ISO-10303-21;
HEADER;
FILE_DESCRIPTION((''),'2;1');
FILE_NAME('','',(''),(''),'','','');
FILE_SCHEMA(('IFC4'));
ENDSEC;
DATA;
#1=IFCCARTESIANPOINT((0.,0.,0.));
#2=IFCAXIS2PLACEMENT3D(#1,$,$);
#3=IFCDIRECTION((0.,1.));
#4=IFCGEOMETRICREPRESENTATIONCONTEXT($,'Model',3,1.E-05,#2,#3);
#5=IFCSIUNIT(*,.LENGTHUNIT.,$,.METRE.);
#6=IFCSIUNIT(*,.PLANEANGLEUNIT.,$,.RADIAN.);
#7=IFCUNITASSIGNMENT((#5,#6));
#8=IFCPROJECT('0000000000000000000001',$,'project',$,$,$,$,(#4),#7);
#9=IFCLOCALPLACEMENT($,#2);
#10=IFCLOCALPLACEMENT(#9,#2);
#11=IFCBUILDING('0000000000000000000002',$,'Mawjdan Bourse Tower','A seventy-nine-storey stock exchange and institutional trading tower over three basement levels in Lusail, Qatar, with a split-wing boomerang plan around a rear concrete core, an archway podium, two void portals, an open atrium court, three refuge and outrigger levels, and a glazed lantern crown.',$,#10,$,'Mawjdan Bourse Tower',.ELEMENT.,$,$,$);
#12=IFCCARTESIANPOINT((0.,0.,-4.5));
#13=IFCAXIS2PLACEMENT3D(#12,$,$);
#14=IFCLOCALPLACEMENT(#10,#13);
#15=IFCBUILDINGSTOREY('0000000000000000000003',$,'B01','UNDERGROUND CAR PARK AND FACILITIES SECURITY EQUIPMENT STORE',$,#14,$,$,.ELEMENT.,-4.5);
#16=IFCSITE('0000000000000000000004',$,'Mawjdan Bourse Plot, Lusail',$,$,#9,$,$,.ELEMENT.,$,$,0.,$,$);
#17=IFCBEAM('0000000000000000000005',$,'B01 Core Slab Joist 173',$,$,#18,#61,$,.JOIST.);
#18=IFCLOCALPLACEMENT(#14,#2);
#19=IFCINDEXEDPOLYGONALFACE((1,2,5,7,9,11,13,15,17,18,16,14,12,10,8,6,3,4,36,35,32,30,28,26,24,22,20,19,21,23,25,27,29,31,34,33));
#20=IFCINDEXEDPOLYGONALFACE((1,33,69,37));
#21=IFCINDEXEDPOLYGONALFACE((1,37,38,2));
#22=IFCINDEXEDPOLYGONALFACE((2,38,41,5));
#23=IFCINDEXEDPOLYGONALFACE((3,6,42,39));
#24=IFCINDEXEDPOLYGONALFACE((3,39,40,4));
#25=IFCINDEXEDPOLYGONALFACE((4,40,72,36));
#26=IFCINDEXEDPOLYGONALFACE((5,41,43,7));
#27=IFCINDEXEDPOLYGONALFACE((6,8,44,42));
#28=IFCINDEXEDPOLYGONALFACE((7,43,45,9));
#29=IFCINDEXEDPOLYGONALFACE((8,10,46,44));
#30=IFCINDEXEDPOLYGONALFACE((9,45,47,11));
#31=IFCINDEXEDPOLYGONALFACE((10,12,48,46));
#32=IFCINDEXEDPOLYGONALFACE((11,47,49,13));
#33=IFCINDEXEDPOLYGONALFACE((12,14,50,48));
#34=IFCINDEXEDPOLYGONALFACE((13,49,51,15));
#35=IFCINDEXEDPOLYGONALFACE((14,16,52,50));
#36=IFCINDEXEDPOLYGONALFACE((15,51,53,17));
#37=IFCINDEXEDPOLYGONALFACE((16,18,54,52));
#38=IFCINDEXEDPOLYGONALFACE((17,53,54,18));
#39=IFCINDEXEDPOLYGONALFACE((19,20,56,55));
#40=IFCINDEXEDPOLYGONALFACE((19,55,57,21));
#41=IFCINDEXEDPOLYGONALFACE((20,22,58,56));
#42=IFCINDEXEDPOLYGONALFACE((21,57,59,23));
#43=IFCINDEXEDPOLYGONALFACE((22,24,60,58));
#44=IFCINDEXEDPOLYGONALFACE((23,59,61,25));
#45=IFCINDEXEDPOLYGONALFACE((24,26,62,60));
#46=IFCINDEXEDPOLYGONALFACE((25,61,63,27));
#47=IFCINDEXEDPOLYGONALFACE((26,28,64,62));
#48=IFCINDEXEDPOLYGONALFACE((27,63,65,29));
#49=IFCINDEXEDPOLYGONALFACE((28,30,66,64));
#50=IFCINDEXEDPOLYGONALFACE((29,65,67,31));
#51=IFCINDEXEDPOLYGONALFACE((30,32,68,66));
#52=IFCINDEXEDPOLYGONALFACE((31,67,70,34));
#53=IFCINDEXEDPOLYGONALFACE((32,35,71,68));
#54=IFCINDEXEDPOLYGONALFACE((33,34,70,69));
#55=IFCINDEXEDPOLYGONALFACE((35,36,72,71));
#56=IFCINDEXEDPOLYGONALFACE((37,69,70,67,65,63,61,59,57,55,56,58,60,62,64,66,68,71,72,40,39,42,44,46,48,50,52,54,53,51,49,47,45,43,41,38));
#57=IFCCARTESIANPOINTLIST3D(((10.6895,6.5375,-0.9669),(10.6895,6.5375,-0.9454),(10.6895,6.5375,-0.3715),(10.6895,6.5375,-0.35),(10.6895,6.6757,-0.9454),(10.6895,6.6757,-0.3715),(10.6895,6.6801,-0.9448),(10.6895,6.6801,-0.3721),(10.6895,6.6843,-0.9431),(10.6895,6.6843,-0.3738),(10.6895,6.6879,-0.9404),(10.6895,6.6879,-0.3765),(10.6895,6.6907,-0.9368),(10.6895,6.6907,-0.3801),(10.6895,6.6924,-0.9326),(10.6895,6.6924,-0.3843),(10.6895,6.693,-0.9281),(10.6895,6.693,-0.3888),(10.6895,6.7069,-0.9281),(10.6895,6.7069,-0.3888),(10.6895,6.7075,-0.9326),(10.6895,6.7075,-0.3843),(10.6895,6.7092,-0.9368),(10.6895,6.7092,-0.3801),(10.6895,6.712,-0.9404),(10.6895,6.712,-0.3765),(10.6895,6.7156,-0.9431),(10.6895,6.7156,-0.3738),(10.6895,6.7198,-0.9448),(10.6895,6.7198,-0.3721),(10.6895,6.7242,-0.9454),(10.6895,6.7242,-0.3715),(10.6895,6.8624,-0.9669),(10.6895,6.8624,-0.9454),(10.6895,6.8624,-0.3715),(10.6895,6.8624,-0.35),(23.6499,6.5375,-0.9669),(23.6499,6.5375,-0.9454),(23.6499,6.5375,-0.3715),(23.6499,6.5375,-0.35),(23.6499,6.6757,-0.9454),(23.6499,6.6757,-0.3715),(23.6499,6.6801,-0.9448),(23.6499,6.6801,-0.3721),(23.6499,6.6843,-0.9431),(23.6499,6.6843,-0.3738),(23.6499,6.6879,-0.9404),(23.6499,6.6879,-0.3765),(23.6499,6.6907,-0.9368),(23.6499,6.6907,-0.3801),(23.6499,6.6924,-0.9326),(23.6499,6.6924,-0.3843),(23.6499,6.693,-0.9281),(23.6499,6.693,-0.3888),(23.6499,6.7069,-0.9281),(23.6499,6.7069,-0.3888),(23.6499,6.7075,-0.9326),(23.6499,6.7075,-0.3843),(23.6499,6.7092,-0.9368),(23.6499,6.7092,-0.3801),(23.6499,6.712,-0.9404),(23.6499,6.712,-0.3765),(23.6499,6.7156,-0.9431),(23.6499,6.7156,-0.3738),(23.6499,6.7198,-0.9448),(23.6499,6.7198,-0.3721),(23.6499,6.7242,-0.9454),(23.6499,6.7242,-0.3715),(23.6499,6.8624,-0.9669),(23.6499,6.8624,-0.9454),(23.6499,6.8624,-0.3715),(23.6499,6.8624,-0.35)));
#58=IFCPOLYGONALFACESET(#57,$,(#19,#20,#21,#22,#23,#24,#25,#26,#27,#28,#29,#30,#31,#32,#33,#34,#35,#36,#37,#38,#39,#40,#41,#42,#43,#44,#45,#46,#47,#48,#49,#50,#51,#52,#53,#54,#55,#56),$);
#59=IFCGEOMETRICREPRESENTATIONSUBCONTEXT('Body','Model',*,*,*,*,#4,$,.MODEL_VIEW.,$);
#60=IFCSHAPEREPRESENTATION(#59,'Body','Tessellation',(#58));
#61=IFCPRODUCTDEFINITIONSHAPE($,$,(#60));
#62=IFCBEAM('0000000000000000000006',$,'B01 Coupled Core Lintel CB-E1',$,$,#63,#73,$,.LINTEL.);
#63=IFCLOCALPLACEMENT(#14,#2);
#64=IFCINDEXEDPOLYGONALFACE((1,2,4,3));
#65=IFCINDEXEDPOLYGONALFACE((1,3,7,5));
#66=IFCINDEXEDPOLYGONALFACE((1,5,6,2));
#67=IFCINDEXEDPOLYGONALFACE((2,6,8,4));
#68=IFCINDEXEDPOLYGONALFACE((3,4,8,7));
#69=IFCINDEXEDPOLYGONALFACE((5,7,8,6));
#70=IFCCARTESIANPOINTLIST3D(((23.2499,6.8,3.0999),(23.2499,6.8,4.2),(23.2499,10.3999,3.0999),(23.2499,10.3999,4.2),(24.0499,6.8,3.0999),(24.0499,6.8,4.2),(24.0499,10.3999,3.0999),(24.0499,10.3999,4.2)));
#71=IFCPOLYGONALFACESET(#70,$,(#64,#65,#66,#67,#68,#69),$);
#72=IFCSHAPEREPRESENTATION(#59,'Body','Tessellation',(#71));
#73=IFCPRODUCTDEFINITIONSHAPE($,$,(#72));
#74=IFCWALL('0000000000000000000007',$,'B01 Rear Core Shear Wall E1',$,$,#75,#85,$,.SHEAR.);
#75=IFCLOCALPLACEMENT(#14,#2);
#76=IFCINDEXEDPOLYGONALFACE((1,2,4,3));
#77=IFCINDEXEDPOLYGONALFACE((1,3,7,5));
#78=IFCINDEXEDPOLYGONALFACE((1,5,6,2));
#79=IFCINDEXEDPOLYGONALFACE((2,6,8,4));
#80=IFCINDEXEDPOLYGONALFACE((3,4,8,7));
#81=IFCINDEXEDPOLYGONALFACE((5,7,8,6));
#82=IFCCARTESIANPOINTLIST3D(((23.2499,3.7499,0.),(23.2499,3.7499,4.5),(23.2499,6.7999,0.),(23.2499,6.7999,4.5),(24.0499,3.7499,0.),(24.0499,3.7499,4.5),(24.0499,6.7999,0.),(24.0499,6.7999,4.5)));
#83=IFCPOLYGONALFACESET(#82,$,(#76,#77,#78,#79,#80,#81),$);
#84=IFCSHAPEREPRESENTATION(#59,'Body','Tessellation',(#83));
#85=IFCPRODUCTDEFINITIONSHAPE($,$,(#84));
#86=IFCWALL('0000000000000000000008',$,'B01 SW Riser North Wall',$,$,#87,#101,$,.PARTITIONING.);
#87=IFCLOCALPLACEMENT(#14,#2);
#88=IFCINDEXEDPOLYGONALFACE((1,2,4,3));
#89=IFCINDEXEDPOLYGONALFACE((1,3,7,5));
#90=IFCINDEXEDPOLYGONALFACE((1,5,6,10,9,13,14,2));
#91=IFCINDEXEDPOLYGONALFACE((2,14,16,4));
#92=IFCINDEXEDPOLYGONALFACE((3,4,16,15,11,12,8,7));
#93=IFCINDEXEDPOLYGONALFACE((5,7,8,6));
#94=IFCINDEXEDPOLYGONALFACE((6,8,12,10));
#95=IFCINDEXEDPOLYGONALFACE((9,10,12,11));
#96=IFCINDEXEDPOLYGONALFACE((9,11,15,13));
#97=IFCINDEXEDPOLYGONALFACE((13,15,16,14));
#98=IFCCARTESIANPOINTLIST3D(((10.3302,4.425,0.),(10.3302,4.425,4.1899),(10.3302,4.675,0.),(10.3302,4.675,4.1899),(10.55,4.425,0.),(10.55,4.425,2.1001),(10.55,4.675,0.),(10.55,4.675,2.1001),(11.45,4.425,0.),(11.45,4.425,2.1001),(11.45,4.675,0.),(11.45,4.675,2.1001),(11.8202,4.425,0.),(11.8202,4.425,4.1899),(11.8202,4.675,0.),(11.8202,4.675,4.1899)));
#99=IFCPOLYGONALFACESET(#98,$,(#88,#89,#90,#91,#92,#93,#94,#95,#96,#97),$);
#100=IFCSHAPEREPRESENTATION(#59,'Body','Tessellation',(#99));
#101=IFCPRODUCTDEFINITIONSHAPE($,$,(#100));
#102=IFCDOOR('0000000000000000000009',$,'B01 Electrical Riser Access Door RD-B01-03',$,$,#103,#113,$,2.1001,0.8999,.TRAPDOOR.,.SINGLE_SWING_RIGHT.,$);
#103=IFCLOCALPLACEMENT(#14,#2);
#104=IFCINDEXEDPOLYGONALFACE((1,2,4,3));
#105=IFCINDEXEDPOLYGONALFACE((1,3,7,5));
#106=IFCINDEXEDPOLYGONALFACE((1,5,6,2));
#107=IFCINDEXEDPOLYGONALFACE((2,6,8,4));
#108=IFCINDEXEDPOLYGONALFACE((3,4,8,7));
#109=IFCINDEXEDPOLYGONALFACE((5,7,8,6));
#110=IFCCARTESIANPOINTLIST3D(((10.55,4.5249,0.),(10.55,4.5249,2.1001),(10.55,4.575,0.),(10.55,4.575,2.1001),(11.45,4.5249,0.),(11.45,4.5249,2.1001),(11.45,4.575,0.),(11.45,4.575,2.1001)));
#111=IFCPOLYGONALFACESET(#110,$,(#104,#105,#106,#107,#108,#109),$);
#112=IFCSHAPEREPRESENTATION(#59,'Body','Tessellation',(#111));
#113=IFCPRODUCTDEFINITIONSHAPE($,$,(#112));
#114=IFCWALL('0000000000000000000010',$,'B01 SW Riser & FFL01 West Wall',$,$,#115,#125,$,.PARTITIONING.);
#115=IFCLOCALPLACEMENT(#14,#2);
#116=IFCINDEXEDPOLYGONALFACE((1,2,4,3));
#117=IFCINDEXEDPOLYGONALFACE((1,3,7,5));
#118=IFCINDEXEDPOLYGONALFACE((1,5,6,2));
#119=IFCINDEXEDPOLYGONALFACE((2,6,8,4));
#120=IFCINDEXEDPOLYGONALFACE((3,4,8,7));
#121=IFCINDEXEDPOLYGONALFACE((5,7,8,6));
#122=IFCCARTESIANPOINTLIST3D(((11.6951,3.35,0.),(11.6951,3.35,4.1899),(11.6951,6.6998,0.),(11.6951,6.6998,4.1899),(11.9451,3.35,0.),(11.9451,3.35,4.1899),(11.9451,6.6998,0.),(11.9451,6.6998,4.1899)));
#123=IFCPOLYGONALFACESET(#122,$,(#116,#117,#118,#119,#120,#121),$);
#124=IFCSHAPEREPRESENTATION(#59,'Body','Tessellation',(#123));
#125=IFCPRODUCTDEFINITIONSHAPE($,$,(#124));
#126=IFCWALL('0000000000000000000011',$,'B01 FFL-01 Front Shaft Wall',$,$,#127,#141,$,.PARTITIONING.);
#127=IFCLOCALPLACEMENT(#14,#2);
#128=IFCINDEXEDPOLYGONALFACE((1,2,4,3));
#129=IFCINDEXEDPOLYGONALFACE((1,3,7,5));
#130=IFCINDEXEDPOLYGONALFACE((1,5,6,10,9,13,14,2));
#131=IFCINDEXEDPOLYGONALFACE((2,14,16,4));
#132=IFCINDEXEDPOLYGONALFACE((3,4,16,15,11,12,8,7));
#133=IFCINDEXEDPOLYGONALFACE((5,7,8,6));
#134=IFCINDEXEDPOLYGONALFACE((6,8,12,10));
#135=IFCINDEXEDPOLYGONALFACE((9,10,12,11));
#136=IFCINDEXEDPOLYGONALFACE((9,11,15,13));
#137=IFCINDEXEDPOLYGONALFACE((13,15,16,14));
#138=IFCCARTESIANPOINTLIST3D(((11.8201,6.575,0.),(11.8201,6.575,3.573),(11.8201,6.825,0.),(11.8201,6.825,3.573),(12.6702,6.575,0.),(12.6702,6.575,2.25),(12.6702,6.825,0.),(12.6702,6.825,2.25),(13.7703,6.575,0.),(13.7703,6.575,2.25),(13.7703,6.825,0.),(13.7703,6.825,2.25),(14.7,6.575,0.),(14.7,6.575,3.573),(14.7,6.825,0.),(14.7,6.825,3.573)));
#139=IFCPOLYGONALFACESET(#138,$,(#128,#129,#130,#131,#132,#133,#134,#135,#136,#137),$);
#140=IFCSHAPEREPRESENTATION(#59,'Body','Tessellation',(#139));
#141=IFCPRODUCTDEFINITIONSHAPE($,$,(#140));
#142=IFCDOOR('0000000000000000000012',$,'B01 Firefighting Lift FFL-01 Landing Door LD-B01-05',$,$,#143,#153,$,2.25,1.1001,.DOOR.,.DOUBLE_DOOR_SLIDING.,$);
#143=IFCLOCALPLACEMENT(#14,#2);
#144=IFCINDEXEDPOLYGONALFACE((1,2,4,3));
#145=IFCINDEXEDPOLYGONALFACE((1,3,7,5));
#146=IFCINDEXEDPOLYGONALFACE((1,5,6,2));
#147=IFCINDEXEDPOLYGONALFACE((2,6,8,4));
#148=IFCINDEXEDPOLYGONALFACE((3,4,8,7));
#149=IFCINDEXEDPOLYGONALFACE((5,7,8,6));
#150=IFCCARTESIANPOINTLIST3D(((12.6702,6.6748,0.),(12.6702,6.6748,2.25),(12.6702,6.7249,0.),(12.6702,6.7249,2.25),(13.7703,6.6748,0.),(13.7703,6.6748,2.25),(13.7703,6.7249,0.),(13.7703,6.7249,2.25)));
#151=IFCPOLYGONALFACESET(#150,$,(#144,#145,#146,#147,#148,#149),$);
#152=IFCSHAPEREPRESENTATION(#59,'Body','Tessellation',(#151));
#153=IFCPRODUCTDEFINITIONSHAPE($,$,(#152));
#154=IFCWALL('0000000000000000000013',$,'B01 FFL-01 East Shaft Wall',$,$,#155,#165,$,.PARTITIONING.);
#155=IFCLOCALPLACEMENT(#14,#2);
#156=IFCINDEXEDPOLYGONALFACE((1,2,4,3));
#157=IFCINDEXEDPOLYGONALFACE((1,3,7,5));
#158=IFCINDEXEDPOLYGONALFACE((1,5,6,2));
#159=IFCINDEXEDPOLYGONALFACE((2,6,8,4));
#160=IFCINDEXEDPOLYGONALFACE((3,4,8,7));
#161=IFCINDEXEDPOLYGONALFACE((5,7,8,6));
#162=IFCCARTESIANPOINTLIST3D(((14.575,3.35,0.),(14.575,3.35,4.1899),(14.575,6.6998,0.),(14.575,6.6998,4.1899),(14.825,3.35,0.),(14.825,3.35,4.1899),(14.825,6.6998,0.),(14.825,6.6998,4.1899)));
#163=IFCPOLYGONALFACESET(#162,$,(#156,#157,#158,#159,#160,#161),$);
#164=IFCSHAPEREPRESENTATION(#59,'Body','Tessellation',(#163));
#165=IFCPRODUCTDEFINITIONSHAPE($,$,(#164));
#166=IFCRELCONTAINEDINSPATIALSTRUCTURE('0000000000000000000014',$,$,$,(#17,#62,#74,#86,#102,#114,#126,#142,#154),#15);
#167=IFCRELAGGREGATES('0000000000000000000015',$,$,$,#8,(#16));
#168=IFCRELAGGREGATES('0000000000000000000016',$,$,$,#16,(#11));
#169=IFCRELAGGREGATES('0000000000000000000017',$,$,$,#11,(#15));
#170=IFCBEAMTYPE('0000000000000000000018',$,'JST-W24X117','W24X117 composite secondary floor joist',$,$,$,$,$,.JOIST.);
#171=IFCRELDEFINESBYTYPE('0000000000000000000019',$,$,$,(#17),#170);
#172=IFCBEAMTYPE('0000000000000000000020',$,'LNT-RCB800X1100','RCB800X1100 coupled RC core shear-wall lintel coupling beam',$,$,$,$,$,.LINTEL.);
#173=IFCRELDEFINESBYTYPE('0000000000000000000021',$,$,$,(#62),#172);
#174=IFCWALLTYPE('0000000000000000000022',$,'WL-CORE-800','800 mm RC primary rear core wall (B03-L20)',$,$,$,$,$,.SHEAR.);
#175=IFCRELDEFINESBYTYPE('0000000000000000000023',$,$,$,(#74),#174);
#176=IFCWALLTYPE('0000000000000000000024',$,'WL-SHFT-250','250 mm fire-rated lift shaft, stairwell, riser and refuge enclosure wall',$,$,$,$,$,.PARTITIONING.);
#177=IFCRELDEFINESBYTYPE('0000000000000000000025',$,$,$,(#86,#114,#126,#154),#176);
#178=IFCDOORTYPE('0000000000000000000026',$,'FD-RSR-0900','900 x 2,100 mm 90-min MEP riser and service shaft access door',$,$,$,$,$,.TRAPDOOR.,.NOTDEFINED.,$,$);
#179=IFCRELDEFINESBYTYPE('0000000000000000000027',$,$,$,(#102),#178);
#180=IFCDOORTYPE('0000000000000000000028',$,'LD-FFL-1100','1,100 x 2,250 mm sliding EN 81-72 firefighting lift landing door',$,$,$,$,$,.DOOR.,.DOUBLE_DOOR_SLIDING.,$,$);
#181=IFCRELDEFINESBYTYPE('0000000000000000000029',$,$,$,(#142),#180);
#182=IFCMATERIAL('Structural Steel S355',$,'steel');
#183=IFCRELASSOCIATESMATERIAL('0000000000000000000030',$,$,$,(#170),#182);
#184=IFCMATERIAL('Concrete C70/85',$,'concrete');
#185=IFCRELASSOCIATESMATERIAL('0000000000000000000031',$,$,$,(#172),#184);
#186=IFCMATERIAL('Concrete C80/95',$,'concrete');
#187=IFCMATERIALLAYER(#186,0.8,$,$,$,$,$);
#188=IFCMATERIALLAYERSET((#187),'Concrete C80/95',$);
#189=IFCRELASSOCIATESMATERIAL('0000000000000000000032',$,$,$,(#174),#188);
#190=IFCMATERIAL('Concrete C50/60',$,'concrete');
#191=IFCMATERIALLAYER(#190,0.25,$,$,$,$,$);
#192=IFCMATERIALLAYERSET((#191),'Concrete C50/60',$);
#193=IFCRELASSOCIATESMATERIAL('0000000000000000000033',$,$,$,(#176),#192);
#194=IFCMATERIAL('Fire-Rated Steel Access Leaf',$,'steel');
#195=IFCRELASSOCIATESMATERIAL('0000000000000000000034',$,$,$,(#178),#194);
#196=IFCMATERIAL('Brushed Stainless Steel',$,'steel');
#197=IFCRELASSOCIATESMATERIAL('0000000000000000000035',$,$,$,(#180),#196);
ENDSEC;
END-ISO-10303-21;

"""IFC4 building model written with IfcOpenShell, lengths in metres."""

from ifc_helpers import new_model, si_unit, direction, frame, frame_2d, origin, origin_2d, place, context, subcontext, project, spatial, rectangle, i_section, extrude, material, layer, layer_set, material_profile, profile_set, type_object, element, fill, save


model = new_model("IFC4")

# Units and contexts
model_context = context("Model", 3, precision=1e-05, world=origin(), true_north=direction((0.0, 1.0)))
body_context = subcontext(model_context, "Body", "Model", "MODEL_VIEW")
ifc_project = project(units=[si_unit("LENGTHUNIT", "METRE"), si_unit("PLANEANGLEUNIT", "RADIAN")], contexts=[model_context])

# Site, building, storey
site_placement = place(None, origin())
site = spatial("IfcSite", under=ifc_project, at=site_placement, Name="Mawjdan Bourse Plot, Lusail", CompositionType="ELEMENT", RefElevation=0.0)
building_placement = place(site_placement, origin())
building = spatial("IfcBuilding", under=site, at=building_placement, Name="Mawjdan Bourse Tower", Description="A seventy-nine-storey stock exchange and institutional trading tower over three basement levels in Lusail, Qatar, with a split-wing boomerang plan around a rear concrete core, an archway podium, two void portals, an open atrium court, three refuge and outrigger levels, and a glazed lantern crown.", LongName="Mawjdan Bourse Tower", CompositionType="ELEMENT")
storey_placement = place(building_placement, frame((0.0, 0.0, -4.5)))
storey = spatial("IfcBuildingStorey", under=building, at=storey_placement, Name="B01", Description="UNDERGROUND CAR PARK AND FACILITIES SECURITY EQUIPMENT STORE", CompositionType="ELEMENT", Elevation=-4.5)

# Shared definitions
ifc_material_1 = material(Name="Concrete C80/95", Category="concrete")

# Beams
ifc_material_2 = material(Name="Structural Steel S355", Category="steel")
ifc_material_profile_1 = material_profile(ifc_material_2, i_section(OverallWidth=0.325, OverallDepth=0.6169, WebThickness=0.0139, FlangeThickness=0.0215, FilletRadius=0.0173, at=origin_2d()), Name="W24X117")
ifc_profile_set_1 = profile_set([ifc_material_profile_1], Name="Structural Steel S355")
beam_type_1 = type_object("IfcBeamType", Name="JST-W24X117", Description="W24X117 composite secondary floor joist", PredefinedType="JOIST", material=ifc_profile_set_1)
beam_1_placement = place(storey_placement, frame((10.6895, 6.7, -0.6584), z_axis=(1.0, 0.0, 0.0), x_axis=(0.0, 1.0, 0.0)))
element("IfcBeam", 1, at=beam_1_placement, inside=storey, type_object=beam_type_1, Name="B01 Core Slab Joist 173", PredefinedType="JOIST", context=body_context, shape_type="SweptSolid", body=[
    extrude(i_section(OverallWidth=0.325, OverallDepth=0.6169, WebThickness=0.0139, FlangeThickness=0.0215, FilletRadius=0.0173, at=origin_2d()), origin(), (0.0, 0.0, 1.0), 12.9604),
])
ifc_material_3 = material(Name="Concrete C70/85", Category="concrete")
ifc_material_profile_2 = material_profile(ifc_material_3, rectangle(XDim=0.8, YDim=1.1001, at=origin_2d()), Name="RCB800X1100")
ifc_profile_set_2 = profile_set([ifc_material_profile_2], Name="Concrete C70/85")
beam_type_2 = type_object("IfcBeamType", Name="LNT-RCB800X1100", Description="RCB800X1100 coupled RC core shear-wall lintel coupling beam", PredefinedType="LINTEL", material=ifc_profile_set_2)
beam_2_placement = place(storey_placement, frame((23.6499, 6.8, 3.6499), z_axis=(0.0, 1.0, 0.0), x_axis=(-1.0, 0.0, 0.0)))
element("IfcBeam", 2, at=beam_2_placement, inside=storey, type_object=beam_type_2, Name="B01 Coupled Core Lintel CB-E1", PredefinedType="LINTEL", context=body_context, shape_type="SweptSolid", body=[
    extrude(rectangle(XDim=0.8, YDim=1.1001, at=origin_2d()), origin(), (0.0, 0.0, 1.0), 3.5999),
])

# Wall
ifc_layer_1 = layer(ifc_material_1, 0.8)
ifc_layer_set_1 = layer_set([ifc_layer_1], Name="Concrete C80/95")
wall_type_1 = type_object("IfcWallType", Name="WL-CORE-800", Description="800 mm RC primary rear core wall (B03-L20)", PredefinedType="SHEAR", material=ifc_layer_set_1)
wall_1_placement = place(storey_placement, frame((23.6499, 3.75, 0.0), z_axis=(0.0, 0.0, 1.0), x_axis=(0.0, 1.0, 0.0)))
element("IfcWall", 3, at=wall_1_placement, inside=storey, type_object=wall_type_1, Name="B01 Rear Core Shear Wall E1", PredefinedType="SHEAR", context=body_context, shape_type="SweptSolid", body=[
    extrude(rectangle(XDim=3.05, YDim=0.8, at=frame_2d((1.5249, 0.0))), origin(), (0.0, 0.0, 1.0), 4.5),
])

# Wall, opening, door
ifc_material_4 = material(Name="Concrete C50/60", Category="concrete")
ifc_layer_2 = layer(ifc_material_4, 0.25)
ifc_layer_set_2 = layer_set([ifc_layer_2], Name="Concrete C50/60")
wall_type_2 = type_object("IfcWallType", Name="WL-SHFT-250", Description="250 mm fire-rated lift shaft, stairwell, riser and refuge enclosure wall", PredefinedType="PARTITIONING", material=ifc_layer_set_2)
wall_2_placement = place(storey_placement, frame((10.3301, 4.55, 0.0), z_axis=(0.0, 0.0, 1.0), x_axis=(1.0, 0.0, 0.0)))
wall_2 = element("IfcWall", 4, at=wall_2_placement, inside=storey, type_object=wall_type_2, Name="B01 SW Riser North Wall", PredefinedType="PARTITIONING", context=body_context, shape_type="SweptSolid", body=[
    extrude(rectangle(XDim=1.49, YDim=0.25, at=frame_2d((0.7451, 0.0))), origin(), (0.0, 0.0, 1.0), 4.1899),
])
opening_1_placement = place(wall_2_placement, frame((0.22, 0.0, 0.0)))
opening_1 = element("IfcOpeningElement", 5, at=opening_1_placement, cuts=wall_2, PredefinedType="OPENING", context=body_context, shape_type="SweptSolid", body=[
    extrude(rectangle(XDim=0.8999, YDim=2.1001, at=frame_2d((0.45, 1.05))), frame((0.0, 0.135, 0.0), z_axis=(0.0, -1.0, 0.0), x_axis=(1.0, 0.0, 0.0)), (0.0, 0.0, 1.0), 0.27),
])
ifc_material_5 = material(Name="Fire-Rated Steel Access Leaf", Category="steel")
door_type_1 = type_object("IfcDoorType", Name="FD-RSR-0900", Description="900 x 2,100 mm 90-min MEP riser and service shaft access door", OperationType="NOTDEFINED", PredefinedType="TRAPDOOR", material=ifc_material_5)
door_1_placement = place(opening_1_placement, origin())
door_1 = element("IfcDoor", 6, at=door_1_placement, inside=storey, type_object=door_type_1, Name="B01 Electrical Riser Access Door RD-B01-03", OperationType="SINGLE_SWING_RIGHT", OverallHeight=2.1001, OverallWidth=0.8999, PredefinedType="TRAPDOOR", context=body_context, shape_type="SweptSolid", body=[
    extrude(rectangle(XDim=0.8999, YDim=2.1001, at=frame_2d((0.45, 1.05))), frame((0.0, 0.0249, 0.0), z_axis=(0.0, -1.0, 0.0), x_axis=(1.0, 0.0, 0.0)), (0.0, 0.0, 1.0), 0.05),
])
fill(opening_1, door_1)

# Wall
wall_3_placement = place(storey_placement, frame((11.8201, 3.3501, 0.0), z_axis=(0.0, 0.0, 1.0), x_axis=(0.0, 1.0, 0.0)))
element("IfcWall", 7, at=wall_3_placement, inside=storey, type_object=wall_type_2, Name="B01 SW Riser & FFL01 West Wall", PredefinedType="PARTITIONING", context=body_context, shape_type="SweptSolid", body=[
    extrude(rectangle(XDim=3.3499, YDim=0.25, at=frame_2d((1.6748, 0.0))), origin(), (0.0, 0.0, 1.0), 4.1899),
])

# Wall, opening, door
wall_4_placement = place(storey_placement, frame((11.8201, 6.7, 0.0), z_axis=(0.0, 0.0, 1.0), x_axis=(1.0, 0.0, 0.0)))
wall_4 = element("IfcWall", 8, at=wall_4_placement, inside=storey, type_object=wall_type_2, Name="B01 FFL-01 Front Shaft Wall", PredefinedType="PARTITIONING", context=body_context, shape_type="SweptSolid", body=[
    extrude(rectangle(XDim=2.8799, YDim=0.25, at=frame_2d((1.4399, 0.0))), origin(), (0.0, 0.0, 1.0), 3.573),
])
opening_2_placement = place(wall_4_placement, frame((0.8501, 0.0, 0.0)))
opening_2 = element("IfcOpeningElement", 9, at=opening_2_placement, cuts=wall_4, PredefinedType="OPENING", context=body_context, shape_type="SweptSolid", body=[
    extrude(rectangle(XDim=1.1001, YDim=2.25, at=frame_2d((0.55, 1.125))), frame((0.0, 0.135, 0.0), z_axis=(0.0, -1.0, 0.0), x_axis=(1.0, 0.0, 0.0)), (0.0, 0.0, 1.0), 0.27),
])
ifc_material_6 = material(Name="Brushed Stainless Steel", Category="steel")
door_type_2 = type_object("IfcDoorType", Name="LD-FFL-1100", Description="1,100 x 2,250 mm sliding EN 81-72 firefighting lift landing door", OperationType="DOUBLE_DOOR_SLIDING", PredefinedType="DOOR", material=ifc_material_6)
door_2_placement = place(opening_2_placement, origin())
door_2 = element("IfcDoor", 10, at=door_2_placement, inside=storey, type_object=door_type_2, Name="B01 Firefighting Lift FFL-01 Landing Door LD-B01-05", OperationType="DOUBLE_DOOR_SLIDING", OverallHeight=2.25, OverallWidth=1.1001, PredefinedType="DOOR", context=body_context, shape_type="SweptSolid", body=[
    extrude(rectangle(XDim=1.1001, YDim=2.25, at=frame_2d((0.55, 1.125))), frame((0.0, 0.0249, 0.0), z_axis=(0.0, -1.0, 0.0), x_axis=(1.0, 0.0, 0.0)), (0.0, 0.0, 1.0), 0.05),
])
fill(opening_2, door_2)

# Wall
wall_5_placement = place(storey_placement, frame((14.7, 3.3501, 0.0), z_axis=(0.0, 0.0, 1.0), x_axis=(0.0, 1.0, 0.0)))
element("IfcWall", 11, at=wall_5_placement, inside=storey, type_object=wall_type_2, Name="B01 FFL-01 East Shaft Wall", PredefinedType="PARTITIONING", context=body_context, shape_type="SweptSolid", body=[
    extrude(rectangle(XDim=3.3499, YDim=0.25, at=frame_2d((1.6748, 0.0))), origin(), (0.0, 0.0, 1.0), 4.1899),
])

save(model, "model.ifc")
